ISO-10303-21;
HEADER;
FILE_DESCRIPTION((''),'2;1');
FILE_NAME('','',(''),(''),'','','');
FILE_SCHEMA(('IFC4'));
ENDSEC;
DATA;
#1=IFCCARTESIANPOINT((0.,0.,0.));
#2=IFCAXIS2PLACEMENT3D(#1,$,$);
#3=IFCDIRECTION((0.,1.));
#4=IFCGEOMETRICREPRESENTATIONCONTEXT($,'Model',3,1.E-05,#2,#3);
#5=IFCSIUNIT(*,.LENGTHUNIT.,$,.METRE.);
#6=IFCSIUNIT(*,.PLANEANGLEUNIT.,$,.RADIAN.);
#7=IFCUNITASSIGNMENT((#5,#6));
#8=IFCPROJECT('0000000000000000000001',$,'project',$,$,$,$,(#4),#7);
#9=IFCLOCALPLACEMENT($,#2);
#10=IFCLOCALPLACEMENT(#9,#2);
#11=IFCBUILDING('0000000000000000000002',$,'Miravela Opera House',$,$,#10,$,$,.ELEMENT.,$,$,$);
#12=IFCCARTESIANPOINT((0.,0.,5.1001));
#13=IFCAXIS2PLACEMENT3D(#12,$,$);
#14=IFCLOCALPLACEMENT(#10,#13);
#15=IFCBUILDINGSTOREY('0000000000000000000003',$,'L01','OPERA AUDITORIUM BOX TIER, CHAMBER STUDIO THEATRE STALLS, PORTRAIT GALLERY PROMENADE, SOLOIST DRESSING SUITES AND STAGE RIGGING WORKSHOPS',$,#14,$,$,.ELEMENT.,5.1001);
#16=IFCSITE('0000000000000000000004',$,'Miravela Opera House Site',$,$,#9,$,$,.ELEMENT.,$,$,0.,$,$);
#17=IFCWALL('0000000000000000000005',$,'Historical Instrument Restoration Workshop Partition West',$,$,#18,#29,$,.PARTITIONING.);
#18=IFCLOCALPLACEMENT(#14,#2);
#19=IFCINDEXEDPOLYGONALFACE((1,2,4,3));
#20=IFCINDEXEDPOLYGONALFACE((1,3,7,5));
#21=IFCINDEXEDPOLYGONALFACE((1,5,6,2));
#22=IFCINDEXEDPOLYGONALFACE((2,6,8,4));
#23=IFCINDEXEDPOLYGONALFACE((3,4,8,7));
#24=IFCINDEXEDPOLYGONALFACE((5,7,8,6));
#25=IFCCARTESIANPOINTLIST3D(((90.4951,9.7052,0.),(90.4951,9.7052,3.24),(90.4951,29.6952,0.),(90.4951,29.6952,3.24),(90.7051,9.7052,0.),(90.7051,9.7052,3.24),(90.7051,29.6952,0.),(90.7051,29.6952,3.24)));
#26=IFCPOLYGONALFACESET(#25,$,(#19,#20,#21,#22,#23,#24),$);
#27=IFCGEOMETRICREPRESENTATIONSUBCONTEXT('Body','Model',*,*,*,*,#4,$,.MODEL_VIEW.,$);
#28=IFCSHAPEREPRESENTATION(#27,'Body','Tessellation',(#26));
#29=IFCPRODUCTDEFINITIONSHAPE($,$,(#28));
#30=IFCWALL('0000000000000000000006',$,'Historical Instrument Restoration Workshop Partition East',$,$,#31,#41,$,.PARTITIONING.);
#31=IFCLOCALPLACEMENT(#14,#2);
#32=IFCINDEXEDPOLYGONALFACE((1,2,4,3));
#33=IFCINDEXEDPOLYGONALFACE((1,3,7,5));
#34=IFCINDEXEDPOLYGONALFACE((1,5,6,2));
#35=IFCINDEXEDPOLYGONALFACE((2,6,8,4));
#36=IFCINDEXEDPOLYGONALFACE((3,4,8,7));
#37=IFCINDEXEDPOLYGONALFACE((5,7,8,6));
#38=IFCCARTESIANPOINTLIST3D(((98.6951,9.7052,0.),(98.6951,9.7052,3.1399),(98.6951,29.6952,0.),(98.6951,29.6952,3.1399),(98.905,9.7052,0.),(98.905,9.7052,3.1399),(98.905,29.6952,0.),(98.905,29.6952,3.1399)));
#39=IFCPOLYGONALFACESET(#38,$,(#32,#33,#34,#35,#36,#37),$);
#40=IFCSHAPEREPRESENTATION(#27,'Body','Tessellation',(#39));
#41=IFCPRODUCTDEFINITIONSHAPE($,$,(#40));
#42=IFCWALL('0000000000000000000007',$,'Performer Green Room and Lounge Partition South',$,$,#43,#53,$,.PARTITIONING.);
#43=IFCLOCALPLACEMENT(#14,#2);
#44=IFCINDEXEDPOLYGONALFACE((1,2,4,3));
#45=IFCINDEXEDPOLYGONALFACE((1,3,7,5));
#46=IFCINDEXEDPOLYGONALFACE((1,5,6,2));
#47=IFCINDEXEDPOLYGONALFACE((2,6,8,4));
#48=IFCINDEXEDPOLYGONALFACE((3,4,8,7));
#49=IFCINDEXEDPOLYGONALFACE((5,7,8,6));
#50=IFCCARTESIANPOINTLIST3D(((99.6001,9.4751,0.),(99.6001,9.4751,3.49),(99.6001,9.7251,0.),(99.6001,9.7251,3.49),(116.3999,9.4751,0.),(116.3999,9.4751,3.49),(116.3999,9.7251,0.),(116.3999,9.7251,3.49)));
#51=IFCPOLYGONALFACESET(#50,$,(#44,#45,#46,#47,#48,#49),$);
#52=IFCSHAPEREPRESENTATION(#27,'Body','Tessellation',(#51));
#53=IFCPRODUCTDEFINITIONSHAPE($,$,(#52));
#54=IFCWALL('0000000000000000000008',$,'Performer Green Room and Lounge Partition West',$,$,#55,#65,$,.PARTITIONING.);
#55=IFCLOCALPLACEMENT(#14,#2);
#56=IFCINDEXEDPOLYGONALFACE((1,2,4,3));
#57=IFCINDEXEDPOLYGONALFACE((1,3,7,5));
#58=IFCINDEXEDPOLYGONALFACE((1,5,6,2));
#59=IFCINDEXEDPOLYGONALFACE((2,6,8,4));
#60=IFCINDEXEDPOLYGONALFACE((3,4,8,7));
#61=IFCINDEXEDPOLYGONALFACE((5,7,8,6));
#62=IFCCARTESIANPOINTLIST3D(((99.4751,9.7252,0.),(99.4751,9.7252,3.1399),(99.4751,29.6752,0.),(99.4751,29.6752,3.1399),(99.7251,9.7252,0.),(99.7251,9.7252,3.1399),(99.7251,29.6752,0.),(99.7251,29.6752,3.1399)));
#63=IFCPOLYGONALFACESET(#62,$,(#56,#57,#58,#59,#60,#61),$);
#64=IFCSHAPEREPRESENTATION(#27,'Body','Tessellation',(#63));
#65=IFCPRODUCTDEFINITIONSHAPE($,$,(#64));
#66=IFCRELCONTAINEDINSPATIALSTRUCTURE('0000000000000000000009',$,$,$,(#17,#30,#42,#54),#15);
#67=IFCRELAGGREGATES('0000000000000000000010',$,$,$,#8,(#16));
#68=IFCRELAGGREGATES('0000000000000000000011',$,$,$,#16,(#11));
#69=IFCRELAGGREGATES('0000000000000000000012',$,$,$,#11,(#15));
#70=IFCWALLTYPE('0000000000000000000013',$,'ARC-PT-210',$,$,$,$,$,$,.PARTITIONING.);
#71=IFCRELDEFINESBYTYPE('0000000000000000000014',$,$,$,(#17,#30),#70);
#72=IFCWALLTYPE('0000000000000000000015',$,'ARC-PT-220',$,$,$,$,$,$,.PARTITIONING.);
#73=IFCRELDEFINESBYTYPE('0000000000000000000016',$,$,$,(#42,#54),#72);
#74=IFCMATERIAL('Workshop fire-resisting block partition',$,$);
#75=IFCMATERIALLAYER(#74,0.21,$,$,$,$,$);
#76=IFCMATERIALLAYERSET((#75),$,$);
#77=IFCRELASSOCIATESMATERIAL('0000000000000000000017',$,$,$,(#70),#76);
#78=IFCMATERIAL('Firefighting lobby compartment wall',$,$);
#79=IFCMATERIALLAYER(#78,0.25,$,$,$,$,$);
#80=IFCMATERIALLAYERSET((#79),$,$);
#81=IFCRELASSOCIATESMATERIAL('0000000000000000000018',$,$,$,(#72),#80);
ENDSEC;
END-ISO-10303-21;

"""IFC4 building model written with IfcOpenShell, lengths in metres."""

from ifc_helpers import new_model, si_unit, direction, frame, frame_2d, origin, place, context, subcontext, project, spatial, rectangle, extrude, material, layer, layer_set, type_object, element, save


model = new_model("IFC4")

# Units and contexts
model_context = context("Model", 3, precision=1e-05, world=origin(), true_north=direction((0.0, 1.0)))
body_context = subcontext(model_context, "Body", "Model", "MODEL_VIEW")
ifc_project = project(units=[si_unit("LENGTHUNIT", "METRE"), si_unit("PLANEANGLEUNIT", "RADIAN")], contexts=[model_context])

# Site, building, storey
site_placement = place(None, origin())
site = spatial("IfcSite", under=ifc_project, at=site_placement, Name="Miravela Opera House Site", CompositionType="ELEMENT", RefElevation=0.0)
building_placement = place(site_placement, origin())
building = spatial("IfcBuilding", under=site, at=building_placement, Name="Miravela Opera House", CompositionType="ELEMENT")
storey_placement = place(building_placement, frame((0.0, 0.0, 5.1001)))
storey = spatial("IfcBuildingStorey", under=building, at=storey_placement, Name="L01", Description="OPERA AUDITORIUM BOX TIER, CHAMBER STUDIO THEATRE STALLS, PORTRAIT GALLERY PROMENADE, SOLOIST DRESSING SUITES AND STAGE RIGGING WORKSHOPS", CompositionType="ELEMENT", Elevation=5.1001)

# Walls
ifc_material_1 = material(Name="Workshop fire-resisting block partition")
ifc_layer_1 = layer(ifc_material_1, 0.21)
ifc_layer_set_1 = layer_set([ifc_layer_1])
wall_type_1 = type_object("IfcWallType", Name="ARC-PT-210", PredefinedType="PARTITIONING", material=ifc_layer_set_1)
wall_1_placement = place(storey_placement, frame((90.6001, 9.7051, 0.0), z_axis=(0.0, 0.0, 1.0), x_axis=(0.0, 1.0, 0.0)))
element("IfcWall", 1, at=wall_1_placement, inside=storey, type_object=wall_type_1, Name="Historical Instrument Restoration Workshop Partition West", PredefinedType="PARTITIONING", context=body_context, shape_type="SweptSolid", body=[
    extrude(rectangle(XDim=19.99, YDim=0.21, at=frame_2d((9.9951, 0.0))), origin(), (0.0, 0.0, 1.0), 3.24),
])
wall_2_placement = place(storey_placement, frame((98.8, 9.7051, 0.0), z_axis=(0.0, 0.0, 1.0), x_axis=(0.0, 1.0, 0.0)))
element("IfcWall", 2, at=wall_2_placement, inside=storey, type_object=wall_type_1, Name="Historical Instrument Restoration Workshop Partition East", PredefinedType="PARTITIONING", context=body_context, shape_type="SweptSolid", body=[
    extrude(rectangle(XDim=19.99, YDim=0.21, at=frame_2d((9.9951, 0.0))), origin(), (0.0, 0.0, 1.0), 3.1399),
])
ifc_material_2 = material(Name="Firefighting lobby compartment wall")
ifc_layer_2 = layer(ifc_material_2, 0.25)
ifc_layer_set_2 = layer_set([ifc_layer_2])
wall_type_2 = type_object("IfcWallType", Name="ARC-PT-220", PredefinedType="PARTITIONING", material=ifc_layer_set_2)
wall_3_placement = place(storey_placement, frame((99.6001, 9.6001, 0.0), z_axis=(0.0, 0.0, 1.0), x_axis=(1.0, 0.0, 0.0)))
element("IfcWall", 3, at=wall_3_placement, inside=storey, type_object=wall_type_2, Name="Performer Green Room and Lounge Partition South", PredefinedType="PARTITIONING", context=body_context, shape_type="SweptSolid", body=[
    extrude(rectangle(XDim=16.7998, YDim=0.25, at=frame_2d((8.3999, 0.0))), origin(), (0.0, 0.0, 1.0), 3.49),
])
wall_4_placement = place(storey_placement, frame((99.6001, 9.7251, 0.0), z_axis=(0.0, 0.0, 1.0), x_axis=(0.0, 1.0, 0.0)))
element("IfcWall", 4, at=wall_4_placement, inside=storey, type_object=wall_type_2, Name="Performer Green Room and Lounge Partition West", PredefinedType="PARTITIONING", context=body_context, shape_type="SweptSolid", body=[
    extrude(rectangle(XDim=19.95, YDim=0.25, at=frame_2d((9.9751, 0.0))), origin(), (0.0, 0.0, 1.0), 3.1399),
])

save(model, "model.ifc")
